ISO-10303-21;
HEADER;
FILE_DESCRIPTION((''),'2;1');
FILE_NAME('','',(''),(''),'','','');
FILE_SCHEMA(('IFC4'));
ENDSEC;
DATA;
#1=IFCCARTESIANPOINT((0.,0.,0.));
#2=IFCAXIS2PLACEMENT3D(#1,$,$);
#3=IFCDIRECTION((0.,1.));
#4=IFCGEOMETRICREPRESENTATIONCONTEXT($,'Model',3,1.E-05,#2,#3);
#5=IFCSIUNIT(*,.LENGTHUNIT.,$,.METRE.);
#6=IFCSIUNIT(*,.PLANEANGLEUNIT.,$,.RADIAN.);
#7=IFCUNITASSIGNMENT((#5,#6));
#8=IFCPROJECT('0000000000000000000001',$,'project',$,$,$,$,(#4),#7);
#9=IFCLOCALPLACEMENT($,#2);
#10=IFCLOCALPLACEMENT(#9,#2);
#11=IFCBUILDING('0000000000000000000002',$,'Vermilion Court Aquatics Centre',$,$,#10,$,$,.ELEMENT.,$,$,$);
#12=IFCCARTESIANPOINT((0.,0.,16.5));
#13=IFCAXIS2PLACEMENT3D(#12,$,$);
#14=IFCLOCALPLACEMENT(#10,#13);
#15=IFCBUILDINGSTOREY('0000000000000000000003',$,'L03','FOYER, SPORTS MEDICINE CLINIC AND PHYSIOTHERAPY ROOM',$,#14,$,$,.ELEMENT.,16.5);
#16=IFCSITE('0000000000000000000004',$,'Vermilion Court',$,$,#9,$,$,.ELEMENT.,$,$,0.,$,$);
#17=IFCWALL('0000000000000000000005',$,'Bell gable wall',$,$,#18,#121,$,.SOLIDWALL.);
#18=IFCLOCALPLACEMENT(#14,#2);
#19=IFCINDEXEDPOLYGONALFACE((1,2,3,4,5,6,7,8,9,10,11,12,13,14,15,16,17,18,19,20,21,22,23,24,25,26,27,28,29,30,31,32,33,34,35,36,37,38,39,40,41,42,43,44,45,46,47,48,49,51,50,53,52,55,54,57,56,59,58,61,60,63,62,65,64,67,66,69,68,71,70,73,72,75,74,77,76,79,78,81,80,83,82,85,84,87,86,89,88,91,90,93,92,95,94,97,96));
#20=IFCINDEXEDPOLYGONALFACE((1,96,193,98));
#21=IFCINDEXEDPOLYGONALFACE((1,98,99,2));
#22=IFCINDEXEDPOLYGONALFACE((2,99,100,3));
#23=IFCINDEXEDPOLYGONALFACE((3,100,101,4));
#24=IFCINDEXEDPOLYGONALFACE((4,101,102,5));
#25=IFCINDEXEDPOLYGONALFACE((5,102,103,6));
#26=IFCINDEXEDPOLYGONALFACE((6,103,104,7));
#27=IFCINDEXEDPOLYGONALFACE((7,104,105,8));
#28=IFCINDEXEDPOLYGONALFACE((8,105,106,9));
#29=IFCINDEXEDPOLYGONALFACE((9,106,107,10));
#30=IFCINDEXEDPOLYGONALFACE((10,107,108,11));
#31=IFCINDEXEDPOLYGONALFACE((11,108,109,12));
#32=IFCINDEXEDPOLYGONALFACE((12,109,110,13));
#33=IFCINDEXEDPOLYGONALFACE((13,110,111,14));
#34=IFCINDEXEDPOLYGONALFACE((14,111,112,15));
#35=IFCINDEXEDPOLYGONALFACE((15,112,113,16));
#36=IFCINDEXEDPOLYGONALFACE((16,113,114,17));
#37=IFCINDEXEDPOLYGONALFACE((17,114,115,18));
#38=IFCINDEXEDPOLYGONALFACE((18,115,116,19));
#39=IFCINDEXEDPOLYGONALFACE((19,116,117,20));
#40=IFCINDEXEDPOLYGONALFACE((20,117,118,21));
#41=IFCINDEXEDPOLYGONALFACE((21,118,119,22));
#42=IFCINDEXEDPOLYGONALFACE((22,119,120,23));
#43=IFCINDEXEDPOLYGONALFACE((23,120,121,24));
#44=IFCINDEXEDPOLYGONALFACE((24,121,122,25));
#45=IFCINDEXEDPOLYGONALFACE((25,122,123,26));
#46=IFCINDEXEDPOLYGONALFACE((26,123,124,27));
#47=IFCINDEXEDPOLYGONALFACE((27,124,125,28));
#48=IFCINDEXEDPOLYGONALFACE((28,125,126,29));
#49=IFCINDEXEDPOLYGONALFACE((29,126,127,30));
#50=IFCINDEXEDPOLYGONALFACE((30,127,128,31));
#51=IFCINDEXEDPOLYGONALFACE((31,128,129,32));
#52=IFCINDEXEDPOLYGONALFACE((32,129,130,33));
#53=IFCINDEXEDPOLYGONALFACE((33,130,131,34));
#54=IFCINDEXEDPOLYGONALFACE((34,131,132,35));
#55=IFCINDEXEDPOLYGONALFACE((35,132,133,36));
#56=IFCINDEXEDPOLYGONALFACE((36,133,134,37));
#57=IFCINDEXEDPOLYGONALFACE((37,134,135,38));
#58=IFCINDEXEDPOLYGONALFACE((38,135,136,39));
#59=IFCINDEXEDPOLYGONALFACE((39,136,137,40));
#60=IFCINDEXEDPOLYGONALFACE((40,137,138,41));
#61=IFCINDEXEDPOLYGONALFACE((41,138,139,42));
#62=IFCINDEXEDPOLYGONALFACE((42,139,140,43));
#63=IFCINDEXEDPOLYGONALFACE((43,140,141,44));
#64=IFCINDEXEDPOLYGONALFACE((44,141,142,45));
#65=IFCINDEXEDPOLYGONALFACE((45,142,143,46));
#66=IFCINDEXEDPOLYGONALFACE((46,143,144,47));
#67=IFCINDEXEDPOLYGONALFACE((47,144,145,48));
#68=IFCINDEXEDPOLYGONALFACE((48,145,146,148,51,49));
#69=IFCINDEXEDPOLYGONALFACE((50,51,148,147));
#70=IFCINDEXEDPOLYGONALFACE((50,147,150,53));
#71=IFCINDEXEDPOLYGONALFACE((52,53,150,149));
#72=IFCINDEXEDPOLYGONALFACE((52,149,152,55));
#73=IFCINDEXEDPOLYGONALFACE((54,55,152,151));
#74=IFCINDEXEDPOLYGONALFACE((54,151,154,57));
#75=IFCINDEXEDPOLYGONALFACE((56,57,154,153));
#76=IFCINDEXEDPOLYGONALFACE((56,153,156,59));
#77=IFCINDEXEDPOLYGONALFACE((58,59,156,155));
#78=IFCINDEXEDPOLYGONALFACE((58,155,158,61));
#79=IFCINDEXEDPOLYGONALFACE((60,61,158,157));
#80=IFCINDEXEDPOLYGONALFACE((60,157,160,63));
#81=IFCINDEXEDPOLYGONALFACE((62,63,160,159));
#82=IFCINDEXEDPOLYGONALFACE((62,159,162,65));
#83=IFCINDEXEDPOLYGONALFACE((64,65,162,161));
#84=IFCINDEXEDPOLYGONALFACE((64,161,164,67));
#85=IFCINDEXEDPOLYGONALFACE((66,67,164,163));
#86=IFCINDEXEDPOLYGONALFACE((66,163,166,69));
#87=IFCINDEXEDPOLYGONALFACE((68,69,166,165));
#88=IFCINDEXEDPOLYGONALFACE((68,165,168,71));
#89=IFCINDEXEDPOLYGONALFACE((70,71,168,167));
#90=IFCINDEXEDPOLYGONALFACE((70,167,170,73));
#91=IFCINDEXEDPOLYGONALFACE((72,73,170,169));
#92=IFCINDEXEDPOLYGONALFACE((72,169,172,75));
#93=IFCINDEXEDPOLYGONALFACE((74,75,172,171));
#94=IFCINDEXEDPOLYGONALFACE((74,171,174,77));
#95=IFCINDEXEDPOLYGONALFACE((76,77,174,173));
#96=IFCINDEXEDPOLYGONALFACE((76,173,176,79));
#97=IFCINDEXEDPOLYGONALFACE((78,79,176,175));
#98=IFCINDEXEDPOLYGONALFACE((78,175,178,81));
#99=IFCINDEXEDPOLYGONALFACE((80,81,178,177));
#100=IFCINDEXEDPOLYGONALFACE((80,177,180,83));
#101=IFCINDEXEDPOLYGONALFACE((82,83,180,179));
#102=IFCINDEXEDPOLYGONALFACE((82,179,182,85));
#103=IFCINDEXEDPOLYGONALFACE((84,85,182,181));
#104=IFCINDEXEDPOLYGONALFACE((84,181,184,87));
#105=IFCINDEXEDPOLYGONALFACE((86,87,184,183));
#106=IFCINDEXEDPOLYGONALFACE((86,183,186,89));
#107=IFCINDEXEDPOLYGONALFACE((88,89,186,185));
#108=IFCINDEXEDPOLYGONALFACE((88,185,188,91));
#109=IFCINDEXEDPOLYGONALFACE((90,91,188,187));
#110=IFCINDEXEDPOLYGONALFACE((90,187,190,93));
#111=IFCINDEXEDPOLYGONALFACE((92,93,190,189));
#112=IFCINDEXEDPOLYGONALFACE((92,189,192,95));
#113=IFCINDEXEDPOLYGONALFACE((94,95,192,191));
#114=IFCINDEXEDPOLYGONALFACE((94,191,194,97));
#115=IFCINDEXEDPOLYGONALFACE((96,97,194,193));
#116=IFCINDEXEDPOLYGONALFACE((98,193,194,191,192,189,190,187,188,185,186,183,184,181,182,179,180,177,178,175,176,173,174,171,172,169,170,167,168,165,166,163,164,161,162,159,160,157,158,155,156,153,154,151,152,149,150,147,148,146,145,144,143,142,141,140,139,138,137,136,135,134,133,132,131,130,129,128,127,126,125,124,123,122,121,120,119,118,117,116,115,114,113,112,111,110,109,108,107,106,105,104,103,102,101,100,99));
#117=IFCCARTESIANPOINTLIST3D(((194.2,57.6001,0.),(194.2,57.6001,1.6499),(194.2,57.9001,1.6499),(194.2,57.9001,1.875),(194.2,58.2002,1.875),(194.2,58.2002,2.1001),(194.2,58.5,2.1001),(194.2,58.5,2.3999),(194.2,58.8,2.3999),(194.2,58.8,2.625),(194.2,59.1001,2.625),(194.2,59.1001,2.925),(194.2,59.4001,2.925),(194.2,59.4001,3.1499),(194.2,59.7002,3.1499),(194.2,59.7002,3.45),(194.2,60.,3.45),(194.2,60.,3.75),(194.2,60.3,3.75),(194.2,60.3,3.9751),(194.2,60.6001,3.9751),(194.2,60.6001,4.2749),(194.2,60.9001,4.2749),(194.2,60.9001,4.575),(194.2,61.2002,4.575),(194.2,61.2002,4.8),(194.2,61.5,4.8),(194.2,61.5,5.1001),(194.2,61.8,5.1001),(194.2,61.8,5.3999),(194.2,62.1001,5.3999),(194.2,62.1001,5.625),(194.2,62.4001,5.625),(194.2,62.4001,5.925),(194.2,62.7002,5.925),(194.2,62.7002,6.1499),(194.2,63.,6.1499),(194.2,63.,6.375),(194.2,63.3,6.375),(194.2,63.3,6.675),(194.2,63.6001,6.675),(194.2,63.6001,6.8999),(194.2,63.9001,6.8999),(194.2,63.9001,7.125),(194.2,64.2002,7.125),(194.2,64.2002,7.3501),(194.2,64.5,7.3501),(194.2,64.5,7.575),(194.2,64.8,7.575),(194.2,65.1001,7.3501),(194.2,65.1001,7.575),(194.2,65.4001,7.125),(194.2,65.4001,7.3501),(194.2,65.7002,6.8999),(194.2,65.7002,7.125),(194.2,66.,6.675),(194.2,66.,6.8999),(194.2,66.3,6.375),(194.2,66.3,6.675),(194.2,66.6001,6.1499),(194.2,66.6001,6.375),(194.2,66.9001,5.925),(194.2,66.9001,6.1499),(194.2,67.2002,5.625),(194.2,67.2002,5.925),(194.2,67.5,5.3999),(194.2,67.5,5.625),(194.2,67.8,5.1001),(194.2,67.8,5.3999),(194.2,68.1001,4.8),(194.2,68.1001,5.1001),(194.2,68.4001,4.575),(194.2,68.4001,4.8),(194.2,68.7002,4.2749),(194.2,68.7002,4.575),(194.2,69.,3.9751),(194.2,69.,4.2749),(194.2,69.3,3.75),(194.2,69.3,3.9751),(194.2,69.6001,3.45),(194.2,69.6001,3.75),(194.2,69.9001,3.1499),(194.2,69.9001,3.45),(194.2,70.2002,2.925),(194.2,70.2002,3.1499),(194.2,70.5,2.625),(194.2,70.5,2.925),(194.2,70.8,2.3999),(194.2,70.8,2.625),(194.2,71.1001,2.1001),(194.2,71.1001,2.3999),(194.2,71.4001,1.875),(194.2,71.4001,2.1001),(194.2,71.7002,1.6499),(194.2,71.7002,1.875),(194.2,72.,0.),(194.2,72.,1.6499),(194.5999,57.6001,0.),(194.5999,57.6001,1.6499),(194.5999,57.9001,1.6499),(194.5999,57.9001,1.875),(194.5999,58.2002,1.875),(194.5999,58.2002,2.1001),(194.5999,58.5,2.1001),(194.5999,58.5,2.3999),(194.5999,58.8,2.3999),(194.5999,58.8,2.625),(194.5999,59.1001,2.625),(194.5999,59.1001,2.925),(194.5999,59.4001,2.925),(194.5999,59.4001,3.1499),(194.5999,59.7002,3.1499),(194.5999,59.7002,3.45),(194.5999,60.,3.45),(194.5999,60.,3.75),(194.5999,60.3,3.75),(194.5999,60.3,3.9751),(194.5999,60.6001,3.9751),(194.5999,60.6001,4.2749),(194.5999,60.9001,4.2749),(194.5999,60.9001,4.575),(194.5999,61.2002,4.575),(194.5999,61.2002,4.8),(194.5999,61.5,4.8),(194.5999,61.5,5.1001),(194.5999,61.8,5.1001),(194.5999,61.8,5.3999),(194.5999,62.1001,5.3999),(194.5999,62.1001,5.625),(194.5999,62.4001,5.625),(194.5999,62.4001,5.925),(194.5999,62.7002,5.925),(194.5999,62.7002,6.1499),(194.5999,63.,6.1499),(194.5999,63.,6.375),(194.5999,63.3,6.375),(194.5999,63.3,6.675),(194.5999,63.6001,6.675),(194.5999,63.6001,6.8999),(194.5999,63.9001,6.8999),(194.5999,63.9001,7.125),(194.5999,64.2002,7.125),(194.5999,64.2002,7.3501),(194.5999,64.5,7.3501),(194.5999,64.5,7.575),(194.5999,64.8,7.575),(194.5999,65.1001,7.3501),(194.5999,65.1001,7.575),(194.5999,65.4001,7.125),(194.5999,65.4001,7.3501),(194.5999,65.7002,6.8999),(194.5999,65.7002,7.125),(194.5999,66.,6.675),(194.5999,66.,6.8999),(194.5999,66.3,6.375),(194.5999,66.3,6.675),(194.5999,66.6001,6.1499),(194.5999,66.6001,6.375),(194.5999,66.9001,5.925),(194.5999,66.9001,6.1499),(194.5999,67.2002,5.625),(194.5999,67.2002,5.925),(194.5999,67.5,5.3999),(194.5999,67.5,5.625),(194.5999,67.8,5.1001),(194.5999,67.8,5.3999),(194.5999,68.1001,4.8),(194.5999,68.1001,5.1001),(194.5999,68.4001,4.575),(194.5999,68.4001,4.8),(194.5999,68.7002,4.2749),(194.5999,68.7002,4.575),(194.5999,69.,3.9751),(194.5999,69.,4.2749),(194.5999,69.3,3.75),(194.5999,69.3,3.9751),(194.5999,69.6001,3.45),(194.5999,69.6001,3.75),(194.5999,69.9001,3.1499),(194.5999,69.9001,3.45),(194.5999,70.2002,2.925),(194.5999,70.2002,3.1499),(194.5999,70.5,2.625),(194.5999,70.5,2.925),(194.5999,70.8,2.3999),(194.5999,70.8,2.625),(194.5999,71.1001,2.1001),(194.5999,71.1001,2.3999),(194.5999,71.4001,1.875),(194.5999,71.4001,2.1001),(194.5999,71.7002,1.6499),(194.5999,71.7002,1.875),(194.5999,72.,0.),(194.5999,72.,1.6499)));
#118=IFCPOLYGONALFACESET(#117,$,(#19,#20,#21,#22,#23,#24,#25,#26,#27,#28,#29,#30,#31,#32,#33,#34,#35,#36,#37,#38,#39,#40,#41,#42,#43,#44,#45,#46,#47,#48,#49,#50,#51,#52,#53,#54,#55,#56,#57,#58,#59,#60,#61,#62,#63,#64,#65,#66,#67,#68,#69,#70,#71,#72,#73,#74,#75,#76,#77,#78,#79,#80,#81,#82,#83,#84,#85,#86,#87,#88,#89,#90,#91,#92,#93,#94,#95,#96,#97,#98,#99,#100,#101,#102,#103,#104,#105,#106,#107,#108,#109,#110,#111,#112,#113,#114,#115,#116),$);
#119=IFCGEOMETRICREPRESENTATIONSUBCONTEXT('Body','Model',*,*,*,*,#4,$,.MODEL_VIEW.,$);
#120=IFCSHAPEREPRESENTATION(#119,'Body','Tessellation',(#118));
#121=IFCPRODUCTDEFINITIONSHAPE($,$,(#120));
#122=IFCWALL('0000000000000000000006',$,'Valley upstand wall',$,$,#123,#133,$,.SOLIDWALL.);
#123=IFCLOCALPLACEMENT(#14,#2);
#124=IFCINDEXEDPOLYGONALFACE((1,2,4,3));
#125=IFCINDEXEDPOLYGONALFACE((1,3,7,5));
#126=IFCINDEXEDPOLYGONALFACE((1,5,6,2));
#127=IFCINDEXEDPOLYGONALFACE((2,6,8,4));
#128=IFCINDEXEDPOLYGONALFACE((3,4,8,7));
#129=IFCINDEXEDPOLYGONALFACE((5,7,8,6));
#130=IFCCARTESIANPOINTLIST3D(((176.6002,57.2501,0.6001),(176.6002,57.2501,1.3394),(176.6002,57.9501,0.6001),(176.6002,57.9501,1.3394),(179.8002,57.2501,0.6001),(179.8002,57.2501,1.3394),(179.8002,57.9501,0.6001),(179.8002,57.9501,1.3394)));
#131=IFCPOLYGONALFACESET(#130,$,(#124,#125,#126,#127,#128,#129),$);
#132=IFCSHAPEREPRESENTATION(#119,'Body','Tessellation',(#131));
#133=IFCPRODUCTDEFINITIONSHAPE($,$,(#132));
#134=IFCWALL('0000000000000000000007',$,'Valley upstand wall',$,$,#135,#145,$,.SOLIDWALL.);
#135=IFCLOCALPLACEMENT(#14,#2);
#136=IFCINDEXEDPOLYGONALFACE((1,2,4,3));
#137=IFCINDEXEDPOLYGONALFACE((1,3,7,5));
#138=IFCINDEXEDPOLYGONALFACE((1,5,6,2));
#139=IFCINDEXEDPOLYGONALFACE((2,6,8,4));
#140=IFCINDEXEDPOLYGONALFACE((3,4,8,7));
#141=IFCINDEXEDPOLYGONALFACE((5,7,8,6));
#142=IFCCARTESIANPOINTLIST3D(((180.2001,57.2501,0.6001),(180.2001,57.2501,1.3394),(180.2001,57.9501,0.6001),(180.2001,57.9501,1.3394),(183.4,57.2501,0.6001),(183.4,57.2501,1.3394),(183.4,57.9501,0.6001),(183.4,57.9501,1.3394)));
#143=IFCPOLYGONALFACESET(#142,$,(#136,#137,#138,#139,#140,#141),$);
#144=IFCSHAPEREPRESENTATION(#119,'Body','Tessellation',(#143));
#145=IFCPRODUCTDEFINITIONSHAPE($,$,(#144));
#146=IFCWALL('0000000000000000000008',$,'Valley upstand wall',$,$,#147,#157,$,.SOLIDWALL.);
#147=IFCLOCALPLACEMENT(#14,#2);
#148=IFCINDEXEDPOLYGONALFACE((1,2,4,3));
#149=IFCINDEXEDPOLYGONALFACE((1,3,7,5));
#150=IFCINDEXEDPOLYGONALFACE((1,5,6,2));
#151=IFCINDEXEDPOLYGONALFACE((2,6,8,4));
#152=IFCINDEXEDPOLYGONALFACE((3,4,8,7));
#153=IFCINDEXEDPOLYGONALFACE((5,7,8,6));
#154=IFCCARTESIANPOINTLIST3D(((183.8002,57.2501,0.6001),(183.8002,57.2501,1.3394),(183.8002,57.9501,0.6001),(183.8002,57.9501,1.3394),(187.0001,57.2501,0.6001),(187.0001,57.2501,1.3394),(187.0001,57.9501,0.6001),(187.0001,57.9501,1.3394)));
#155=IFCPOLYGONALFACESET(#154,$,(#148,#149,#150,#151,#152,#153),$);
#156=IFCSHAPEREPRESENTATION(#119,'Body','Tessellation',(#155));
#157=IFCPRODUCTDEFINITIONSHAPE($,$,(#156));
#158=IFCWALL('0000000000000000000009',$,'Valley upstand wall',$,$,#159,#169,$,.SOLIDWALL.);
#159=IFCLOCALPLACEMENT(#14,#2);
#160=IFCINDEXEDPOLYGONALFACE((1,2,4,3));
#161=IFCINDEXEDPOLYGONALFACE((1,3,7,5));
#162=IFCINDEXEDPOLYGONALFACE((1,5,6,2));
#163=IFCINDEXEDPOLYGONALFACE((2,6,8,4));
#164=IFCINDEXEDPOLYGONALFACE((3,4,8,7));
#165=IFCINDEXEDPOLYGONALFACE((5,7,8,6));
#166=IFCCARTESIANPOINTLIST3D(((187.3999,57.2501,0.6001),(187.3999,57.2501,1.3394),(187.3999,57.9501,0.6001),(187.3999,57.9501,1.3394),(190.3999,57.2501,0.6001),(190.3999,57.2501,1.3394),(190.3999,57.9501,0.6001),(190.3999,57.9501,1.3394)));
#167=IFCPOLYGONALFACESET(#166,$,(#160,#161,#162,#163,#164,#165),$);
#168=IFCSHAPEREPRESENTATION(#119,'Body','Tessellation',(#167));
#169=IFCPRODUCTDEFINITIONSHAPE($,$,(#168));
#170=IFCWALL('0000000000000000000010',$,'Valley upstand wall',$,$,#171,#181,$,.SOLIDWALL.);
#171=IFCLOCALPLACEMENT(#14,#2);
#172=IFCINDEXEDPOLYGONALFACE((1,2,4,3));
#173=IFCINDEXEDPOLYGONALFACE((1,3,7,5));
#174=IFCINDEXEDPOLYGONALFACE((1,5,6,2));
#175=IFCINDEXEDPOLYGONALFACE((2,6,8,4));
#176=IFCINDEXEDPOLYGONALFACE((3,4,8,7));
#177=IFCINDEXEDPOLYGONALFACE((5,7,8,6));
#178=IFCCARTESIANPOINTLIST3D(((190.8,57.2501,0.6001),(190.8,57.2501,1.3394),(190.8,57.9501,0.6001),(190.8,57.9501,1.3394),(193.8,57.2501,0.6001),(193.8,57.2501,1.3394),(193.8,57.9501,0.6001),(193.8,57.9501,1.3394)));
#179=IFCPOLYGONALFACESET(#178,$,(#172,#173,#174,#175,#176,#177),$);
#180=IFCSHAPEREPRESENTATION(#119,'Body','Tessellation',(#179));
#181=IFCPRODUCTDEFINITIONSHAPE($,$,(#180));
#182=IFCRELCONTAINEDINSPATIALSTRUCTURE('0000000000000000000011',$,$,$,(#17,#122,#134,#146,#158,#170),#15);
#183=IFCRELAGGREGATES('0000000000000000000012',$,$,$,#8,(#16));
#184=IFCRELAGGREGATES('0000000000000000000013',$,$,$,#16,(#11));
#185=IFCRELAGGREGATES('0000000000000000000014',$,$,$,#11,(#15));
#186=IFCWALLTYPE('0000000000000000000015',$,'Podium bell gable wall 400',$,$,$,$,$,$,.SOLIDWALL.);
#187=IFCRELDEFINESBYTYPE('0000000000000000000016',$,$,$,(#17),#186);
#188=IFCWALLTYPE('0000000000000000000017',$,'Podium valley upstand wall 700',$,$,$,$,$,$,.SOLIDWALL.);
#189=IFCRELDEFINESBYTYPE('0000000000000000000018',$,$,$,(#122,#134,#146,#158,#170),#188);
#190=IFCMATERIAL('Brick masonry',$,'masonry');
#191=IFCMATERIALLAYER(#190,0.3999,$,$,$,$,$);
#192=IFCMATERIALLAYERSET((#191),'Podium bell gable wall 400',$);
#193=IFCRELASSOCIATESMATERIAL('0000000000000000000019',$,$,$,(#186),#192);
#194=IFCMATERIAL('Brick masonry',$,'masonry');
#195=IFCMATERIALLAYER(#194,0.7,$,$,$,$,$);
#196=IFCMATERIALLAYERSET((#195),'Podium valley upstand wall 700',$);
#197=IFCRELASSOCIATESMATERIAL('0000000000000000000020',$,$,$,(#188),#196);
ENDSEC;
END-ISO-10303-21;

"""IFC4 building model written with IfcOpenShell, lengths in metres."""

from ifc_helpers import new_model, si_unit, direction, frame, frame_2d, origin, place, context, subcontext, project, spatial, polyline, rectangle, outline, extrude, material, layer, layer_set, type_object, element, save


model = new_model("IFC4")

# Units and contexts
model_context = context("Model", 3, precision=1e-05, world=origin(), true_north=direction((0.0, 1.0)))
body_context = subcontext(model_context, "Body", "Model", "MODEL_VIEW")
ifc_project = project(units=[si_unit("LENGTHUNIT", "METRE"), si_unit("PLANEANGLEUNIT", "RADIAN")], contexts=[model_context])

# Site, building, storey
site_placement = place(None, origin())
site = spatial("IfcSite", under=ifc_project, at=site_placement, Name="Vermilion Court", CompositionType="ELEMENT", RefElevation=0.0)
building_placement = place(site_placement, origin())
building = spatial("IfcBuilding", under=site, at=building_placement, Name="Vermilion Court Aquatics Centre", CompositionType="ELEMENT")
storey_placement = place(building_placement, frame((0.0, 0.0, 16.5)))
storey = spatial("IfcBuildingStorey", under=building, at=storey_placement, Name="L03", Description="FOYER, SPORTS MEDICINE CLINIC AND PHYSIOTHERAPY ROOM", CompositionType="ELEMENT", Elevation=16.5)

# Walls
ifc_material_1 = material(Name="Brick masonry", Category="masonry")
ifc_layer_1 = layer(ifc_material_1, 0.3999)
ifc_layer_set_1 = layer_set([ifc_layer_1], Name="Podium bell gable wall 400")
wall_type_1 = type_object("IfcWallType", Name="Podium bell gable wall 400", PredefinedType="SOLIDWALL", material=ifc_layer_set_1)
wall_1_placement = place(storey_placement, frame((194.3999, 57.6001, 0.0), z_axis=(0.0, 0.0, 1.0), x_axis=(0.0, 1.0, 0.0)))
element("IfcWall", 1, at=wall_1_placement, inside=storey, type_object=wall_type_1, Name="Bell gable wall", PredefinedType="SOLIDWALL", context=body_context, shape_type="SweptSolid", body=[
    extrude(outline(polyline([(0.0, 0.0), (14.3999, 0.0), (14.3999, 1.6499), (14.1001, 1.6499), (14.1001, 1.875), (13.8, 1.875), (13.8, 2.1001), (13.5, 2.1001), (13.5, 2.3999), (13.2, 2.3999), (13.2, 2.625), (12.8999, 2.625), (12.8999, 2.925), (12.6001, 2.925), (12.6001, 3.1499), (12.3, 3.1499), (12.3, 3.45), (12.0, 3.45), (12.0, 3.75), (11.7, 3.75), (11.7, 3.9751), (11.3999, 3.9751), (11.3999, 4.2749), (11.1001, 4.2749), (11.1001, 4.575), (10.8, 4.575), (10.8, 4.8), (10.5, 4.8), (10.5, 5.1001), (10.2, 5.1001), (10.2, 5.3999), (9.8999, 5.3999), (9.8999, 5.625), (9.6001, 5.625), (9.6001, 5.925), (9.3, 5.925), (9.3, 6.1499), (9.0, 6.1499), (9.0, 6.375), (8.7, 6.375), (8.7, 6.675), (8.3999, 6.675), (8.3999, 6.8999), (8.1001, 6.8999), (8.1001, 7.125), (7.8, 7.125), (7.8, 7.3501), (7.5, 7.3501), (7.5, 7.575), (7.2, 7.575), (7.2, 7.575), (6.8999, 7.575), (6.8999, 7.3501), (6.6001, 7.3501), (6.6001, 7.125), (6.3, 7.125), (6.3, 6.8999), (6.0, 6.8999), (6.0, 6.675), (5.7, 6.675), (5.7, 6.375), (5.3999, 6.375), (5.3999, 6.1499), (5.1001, 6.1499), (5.1001, 5.925), (4.8, 5.925), (4.8, 5.625), (4.5, 5.625), (4.5, 5.3999), (4.2, 5.3999), (4.2, 5.1001), (3.8999, 5.1001), (3.8999, 4.8), (3.6001, 4.8), (3.6001, 4.575), (3.3, 4.575), (3.3, 4.2749), (3.0, 4.2749), (3.0, 3.9751), (2.7, 3.9751), (2.7, 3.75), (2.3999, 3.75), (2.3999, 3.45), (2.1001, 3.45), (2.1001, 3.1499), (1.8, 3.1499), (1.8, 2.925), (1.5, 2.925), (1.5, 2.625), (1.2, 2.625), (1.2, 2.3999), (0.8999, 2.3999), (0.8999, 2.1001), (0.6001, 2.1001), (0.6001, 1.875), (0.3, 1.875), (0.3, 1.6499), (0.0, 1.6499), (0.0, 0.0)])), frame((0.0, 0.2, 0.0), z_axis=(0.0, -1.0, 0.0), x_axis=(1.0, 0.0, 0.0)), (0.0, 0.0, 1.0), 0.3999),
])
ifc_material_2 = material(Name="Brick masonry", Category="masonry")
ifc_layer_2 = layer(ifc_material_2, 0.7)
ifc_layer_set_2 = layer_set([ifc_layer_2], Name="Podium valley upstand wall 700")
wall_type_2 = type_object("IfcWallType", Name="Podium valley upstand wall 700", PredefinedType="SOLIDWALL", material=ifc_layer_set_2)
for number, where, z_axis, x_axis, name in (
    (2, (176.6001, 57.6001, 0.6001), (0.0, 0.0, 1.0), (1.0, 0.0, 0.0), "Valley upstand wall"),
    (3, (180.2, 57.6001, 0.6001), (0.0, 0.0, 1.0), (1.0, 0.0, 0.0), "Valley upstand wall"),
    (4, (183.8, 57.6001, 0.6001), (0.0, 0.0, 1.0), (1.0, 0.0, 0.0), "Valley upstand wall"),
):
    element("IfcWall", number, at=place(storey_placement, frame(where, z_axis=z_axis, x_axis=x_axis)), inside=storey, type_object=wall_type_2, Name=name, PredefinedType="SOLIDWALL", context=body_context, shape_type="SweptSolid", body=[
        extrude(rectangle(XDim=3.2, YDim=0.7, at=frame_2d((1.6001, 0.0))), origin(), (0.0, 0.0, 1.0), 0.7393),
    ])
for number, where, z_axis, x_axis, name in (
    (5, (187.3999, 57.6001, 0.6001), (0.0, 0.0, 1.0), (1.0, 0.0, 0.0), "Valley upstand wall"),
    (6, (190.8, 57.6001, 0.6001), (0.0, 0.0, 1.0), (1.0, 0.0, 0.0), "Valley upstand wall"),
):
    element("IfcWall", number, at=place(storey_placement, frame(where, z_axis=z_axis, x_axis=x_axis)), inside=storey, type_object=wall_type_2, Name=name, PredefinedType="SOLIDWALL", context=body_context, shape_type="SweptSolid", body=[
        extrude(rectangle(XDim=3.0, YDim=0.7, at=frame_2d((1.5, 0.0))), origin(), (0.0, 0.0, 1.0), 0.7393),
    ])

save(model, "model.ifc")
